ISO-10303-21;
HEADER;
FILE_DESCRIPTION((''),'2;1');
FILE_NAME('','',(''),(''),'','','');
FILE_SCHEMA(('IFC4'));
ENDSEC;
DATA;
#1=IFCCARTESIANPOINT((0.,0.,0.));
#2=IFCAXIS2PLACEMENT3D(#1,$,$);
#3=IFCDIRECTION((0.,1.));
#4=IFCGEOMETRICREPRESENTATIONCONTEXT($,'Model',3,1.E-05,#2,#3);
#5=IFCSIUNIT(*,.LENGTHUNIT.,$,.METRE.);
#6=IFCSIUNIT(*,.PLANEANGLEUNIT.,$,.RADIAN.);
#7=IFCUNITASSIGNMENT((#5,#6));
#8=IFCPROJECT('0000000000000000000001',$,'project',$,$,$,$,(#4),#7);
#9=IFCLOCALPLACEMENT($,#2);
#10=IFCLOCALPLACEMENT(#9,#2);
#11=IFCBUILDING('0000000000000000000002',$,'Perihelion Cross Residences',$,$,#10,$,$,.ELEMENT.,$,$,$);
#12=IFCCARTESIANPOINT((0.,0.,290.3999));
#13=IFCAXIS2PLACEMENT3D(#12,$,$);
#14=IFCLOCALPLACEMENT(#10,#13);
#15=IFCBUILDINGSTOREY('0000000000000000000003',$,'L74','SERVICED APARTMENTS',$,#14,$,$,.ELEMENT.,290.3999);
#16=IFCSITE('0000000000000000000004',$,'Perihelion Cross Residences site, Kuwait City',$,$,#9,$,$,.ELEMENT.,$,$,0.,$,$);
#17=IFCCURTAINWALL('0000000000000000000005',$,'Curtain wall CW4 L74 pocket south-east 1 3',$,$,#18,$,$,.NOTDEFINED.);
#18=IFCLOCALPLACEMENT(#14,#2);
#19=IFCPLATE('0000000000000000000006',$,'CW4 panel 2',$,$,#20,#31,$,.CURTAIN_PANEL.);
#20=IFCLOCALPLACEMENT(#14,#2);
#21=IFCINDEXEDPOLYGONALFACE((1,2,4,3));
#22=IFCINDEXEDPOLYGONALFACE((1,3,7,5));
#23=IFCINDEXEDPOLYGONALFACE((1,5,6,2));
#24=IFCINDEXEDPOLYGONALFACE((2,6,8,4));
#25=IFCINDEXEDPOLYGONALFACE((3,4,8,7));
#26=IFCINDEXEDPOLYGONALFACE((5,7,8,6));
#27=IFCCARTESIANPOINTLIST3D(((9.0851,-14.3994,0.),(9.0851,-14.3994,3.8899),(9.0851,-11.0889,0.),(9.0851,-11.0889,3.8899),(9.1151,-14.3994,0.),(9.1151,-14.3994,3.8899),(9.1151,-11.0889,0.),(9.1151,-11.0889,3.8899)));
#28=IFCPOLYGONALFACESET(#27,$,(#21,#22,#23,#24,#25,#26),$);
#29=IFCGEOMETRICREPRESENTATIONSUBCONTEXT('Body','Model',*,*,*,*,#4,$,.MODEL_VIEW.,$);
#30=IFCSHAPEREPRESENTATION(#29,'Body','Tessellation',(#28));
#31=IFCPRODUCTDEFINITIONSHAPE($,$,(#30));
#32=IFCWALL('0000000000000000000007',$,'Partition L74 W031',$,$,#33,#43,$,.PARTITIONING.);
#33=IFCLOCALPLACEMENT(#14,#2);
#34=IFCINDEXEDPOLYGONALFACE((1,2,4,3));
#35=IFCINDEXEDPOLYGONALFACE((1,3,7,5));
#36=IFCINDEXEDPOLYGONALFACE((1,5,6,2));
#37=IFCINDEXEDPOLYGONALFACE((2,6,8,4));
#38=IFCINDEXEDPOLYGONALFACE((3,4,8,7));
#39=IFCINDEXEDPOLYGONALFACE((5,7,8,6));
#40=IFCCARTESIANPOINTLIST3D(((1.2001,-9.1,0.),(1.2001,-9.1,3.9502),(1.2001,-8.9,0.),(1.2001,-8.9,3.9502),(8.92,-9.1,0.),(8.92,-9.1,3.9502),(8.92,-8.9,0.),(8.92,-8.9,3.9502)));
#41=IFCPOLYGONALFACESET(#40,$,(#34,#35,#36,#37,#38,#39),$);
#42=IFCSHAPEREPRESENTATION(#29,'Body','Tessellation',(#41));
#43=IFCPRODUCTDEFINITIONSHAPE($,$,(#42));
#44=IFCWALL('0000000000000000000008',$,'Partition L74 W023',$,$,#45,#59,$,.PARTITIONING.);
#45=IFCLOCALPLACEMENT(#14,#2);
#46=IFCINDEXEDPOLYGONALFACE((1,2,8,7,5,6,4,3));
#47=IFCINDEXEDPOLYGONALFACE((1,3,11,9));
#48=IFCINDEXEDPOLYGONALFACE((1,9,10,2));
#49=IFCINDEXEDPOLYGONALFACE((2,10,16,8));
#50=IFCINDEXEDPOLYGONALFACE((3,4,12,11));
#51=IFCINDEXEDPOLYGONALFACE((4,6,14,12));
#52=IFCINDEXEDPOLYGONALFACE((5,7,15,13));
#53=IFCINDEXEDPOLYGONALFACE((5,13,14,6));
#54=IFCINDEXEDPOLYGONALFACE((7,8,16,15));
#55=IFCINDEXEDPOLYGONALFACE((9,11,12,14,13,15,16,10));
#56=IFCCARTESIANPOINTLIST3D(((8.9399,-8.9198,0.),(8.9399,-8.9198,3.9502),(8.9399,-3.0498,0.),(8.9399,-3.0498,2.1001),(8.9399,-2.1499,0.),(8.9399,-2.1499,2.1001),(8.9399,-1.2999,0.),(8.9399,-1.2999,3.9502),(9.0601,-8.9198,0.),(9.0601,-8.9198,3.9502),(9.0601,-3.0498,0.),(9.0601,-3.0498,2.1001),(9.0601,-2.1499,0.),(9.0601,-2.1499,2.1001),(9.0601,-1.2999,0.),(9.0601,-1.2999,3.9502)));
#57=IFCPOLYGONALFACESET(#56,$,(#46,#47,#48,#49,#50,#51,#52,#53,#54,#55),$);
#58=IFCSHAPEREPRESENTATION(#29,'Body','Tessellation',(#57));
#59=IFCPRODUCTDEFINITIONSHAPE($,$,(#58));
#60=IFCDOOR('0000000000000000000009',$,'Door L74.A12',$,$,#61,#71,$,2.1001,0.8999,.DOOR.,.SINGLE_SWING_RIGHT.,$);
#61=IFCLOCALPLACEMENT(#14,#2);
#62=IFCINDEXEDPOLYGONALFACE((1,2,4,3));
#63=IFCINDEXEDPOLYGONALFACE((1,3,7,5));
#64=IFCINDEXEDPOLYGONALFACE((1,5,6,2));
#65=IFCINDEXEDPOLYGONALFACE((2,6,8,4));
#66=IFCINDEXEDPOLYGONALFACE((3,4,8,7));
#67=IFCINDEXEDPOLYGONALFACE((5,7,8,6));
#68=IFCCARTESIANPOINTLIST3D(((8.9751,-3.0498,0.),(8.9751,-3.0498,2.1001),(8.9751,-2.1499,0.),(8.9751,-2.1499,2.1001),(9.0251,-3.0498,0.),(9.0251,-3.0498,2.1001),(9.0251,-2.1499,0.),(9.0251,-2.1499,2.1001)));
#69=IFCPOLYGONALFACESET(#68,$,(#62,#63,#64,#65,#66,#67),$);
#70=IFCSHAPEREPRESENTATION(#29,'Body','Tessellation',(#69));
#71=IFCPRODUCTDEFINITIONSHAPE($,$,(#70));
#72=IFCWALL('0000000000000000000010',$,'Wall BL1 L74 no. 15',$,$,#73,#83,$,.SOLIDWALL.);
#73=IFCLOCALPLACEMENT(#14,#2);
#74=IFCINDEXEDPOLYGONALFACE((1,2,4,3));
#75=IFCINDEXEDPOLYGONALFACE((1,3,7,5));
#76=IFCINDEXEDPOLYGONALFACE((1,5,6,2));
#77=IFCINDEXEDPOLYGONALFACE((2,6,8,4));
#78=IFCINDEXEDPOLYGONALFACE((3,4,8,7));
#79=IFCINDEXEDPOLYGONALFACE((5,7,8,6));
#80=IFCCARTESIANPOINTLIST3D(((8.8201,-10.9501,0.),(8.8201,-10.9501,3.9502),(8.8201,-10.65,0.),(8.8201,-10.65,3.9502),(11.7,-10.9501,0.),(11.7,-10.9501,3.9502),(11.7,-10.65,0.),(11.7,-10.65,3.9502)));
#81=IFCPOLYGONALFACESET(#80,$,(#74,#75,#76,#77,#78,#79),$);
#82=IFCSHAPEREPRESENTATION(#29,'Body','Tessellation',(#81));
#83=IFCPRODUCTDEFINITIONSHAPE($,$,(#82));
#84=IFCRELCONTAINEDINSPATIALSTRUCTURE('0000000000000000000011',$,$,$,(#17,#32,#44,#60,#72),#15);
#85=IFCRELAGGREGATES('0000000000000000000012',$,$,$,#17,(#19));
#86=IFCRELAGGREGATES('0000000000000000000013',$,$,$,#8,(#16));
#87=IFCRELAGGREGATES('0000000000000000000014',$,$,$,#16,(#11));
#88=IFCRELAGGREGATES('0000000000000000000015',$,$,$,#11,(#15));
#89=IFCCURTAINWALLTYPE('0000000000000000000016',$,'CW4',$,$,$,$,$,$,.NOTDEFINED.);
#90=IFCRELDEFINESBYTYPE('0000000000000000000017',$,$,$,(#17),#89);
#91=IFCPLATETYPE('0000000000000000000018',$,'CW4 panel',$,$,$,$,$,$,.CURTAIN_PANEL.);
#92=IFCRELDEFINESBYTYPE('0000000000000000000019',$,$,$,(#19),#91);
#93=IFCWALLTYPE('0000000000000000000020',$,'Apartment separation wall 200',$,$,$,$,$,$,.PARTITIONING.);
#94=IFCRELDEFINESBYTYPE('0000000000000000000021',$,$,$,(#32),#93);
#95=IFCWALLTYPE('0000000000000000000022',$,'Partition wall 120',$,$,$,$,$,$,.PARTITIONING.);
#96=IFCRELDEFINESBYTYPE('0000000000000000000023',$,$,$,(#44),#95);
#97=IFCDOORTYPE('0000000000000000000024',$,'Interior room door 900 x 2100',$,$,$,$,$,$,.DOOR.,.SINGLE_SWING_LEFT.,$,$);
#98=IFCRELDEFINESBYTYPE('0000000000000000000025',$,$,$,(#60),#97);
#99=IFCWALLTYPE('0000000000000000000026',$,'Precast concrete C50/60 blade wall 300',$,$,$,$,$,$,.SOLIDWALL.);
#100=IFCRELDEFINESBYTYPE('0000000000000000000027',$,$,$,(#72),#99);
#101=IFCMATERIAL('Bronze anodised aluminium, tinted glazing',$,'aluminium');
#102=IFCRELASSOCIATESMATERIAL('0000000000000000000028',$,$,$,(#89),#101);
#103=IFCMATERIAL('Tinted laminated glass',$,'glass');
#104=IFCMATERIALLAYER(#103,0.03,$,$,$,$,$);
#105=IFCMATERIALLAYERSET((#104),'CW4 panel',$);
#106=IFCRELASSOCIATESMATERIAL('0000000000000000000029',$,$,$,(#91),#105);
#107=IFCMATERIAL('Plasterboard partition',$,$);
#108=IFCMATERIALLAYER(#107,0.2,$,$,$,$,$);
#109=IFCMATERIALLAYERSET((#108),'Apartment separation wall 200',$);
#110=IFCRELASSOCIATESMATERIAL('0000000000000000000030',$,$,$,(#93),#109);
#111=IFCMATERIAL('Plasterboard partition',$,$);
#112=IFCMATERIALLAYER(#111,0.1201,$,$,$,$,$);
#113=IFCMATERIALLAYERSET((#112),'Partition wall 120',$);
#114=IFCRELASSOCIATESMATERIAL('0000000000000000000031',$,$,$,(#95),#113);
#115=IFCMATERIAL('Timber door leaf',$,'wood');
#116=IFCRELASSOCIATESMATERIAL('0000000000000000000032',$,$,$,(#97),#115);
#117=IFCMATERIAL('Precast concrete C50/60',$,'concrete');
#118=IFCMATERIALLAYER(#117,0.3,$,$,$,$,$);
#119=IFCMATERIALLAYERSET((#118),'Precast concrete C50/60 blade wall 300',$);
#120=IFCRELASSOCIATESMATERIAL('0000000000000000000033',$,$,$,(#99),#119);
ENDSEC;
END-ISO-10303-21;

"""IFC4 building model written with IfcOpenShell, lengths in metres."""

from ifc_helpers import new_model, si_unit, direction, frame, frame_2d, origin, origin_2d, place, context, subcontext, project, spatial, rectangle, extrude, material, layer, layer_set, type_object, element, fill, aggregate, save


model = new_model("IFC4")

# Units and contexts
model_context = context("Model", 3, precision=1e-05, world=origin(), true_north=direction((0.0, 1.0)))
body_context = subcontext(model_context, "Body", "Model", "MODEL_VIEW")
ifc_project = project(units=[si_unit("LENGTHUNIT", "METRE"), si_unit("PLANEANGLEUNIT", "RADIAN")], contexts=[model_context])

# Site, building, storey
site_placement = place(None, origin())
site = spatial("IfcSite", under=ifc_project, at=site_placement, Name="Perihelion Cross Residences site, Kuwait City", CompositionType="ELEMENT", RefElevation=0.0)
building_placement = place(site_placement, origin())
building = spatial("IfcBuilding", under=site, at=building_placement, Name="Perihelion Cross Residences", CompositionType="ELEMENT")
storey_placement = place(building_placement, frame((0.0, 0.0, 290.3999)))
storey = spatial("IfcBuildingStorey", under=building, at=storey_placement, Name="L74", Description="SERVICED APARTMENTS", CompositionType="ELEMENT", Elevation=290.3999)

# Shared definitions
ifc_material_1 = material(Name="Bronze anodised aluminium, tinted glazing", Category="aluminium")
curtain_wall_type_1 = type_object("IfcCurtainWallType", Name="CW4", PredefinedType="NOTDEFINED", material=ifc_material_1)

# Curtain wall
curtain_wall_1_placement = place(storey_placement, origin())
curtain_wall_1 = element("IfcCurtainWall", 1, at=curtain_wall_1_placement, inside=storey, type_object=curtain_wall_type_1, Name="Curtain wall CW4 L74 pocket south-east 1 3", PredefinedType="NOTDEFINED")

# Plate
ifc_material_2 = material(Name="Tinted laminated glass", Category="glass")
ifc_layer_1 = layer(ifc_material_2, 0.03)
ifc_layer_set_1 = layer_set([ifc_layer_1], Name="CW4 panel")
plate_type_1 = type_object("IfcPlateType", Name="CW4 panel", PredefinedType="CURTAIN_PANEL", material=ifc_layer_set_1)
plate_1_placement = place(storey_placement, frame((9.1001, -12.7441, 0.0), z_axis=(0.0, 0.0, 1.0), x_axis=(0.0, 1.0, 0.0)))
plate_1 = element("IfcPlate", 2, at=plate_1_placement, type_object=plate_type_1, Name="CW4 panel 2", PredefinedType="CURTAIN_PANEL", context=body_context, shape_type="SweptSolid", body=[
    extrude(rectangle(XDim=3.3105, YDim=0.03, at=origin_2d()), origin(), (0.0, 0.0, 1.0), 3.8899),
])
aggregate(curtain_wall_1, [plate_1])

# Wall
ifc_material_3 = material(Name="Plasterboard partition")
ifc_layer_2 = layer(ifc_material_3, 0.2)
ifc_layer_set_2 = layer_set([ifc_layer_2], Name="Apartment separation wall 200")
wall_type_1 = type_object("IfcWallType", Name="Apartment separation wall 200", PredefinedType="PARTITIONING", material=ifc_layer_set_2)
wall_1_placement = place(storey_placement, frame((8.9199, -9.0, 0.0), z_axis=(0.0, 0.0, 1.0), x_axis=(-1.0, 0.0, 0.0)))
element("IfcWall", 3, at=wall_1_placement, inside=storey, type_object=wall_type_1, Name="Partition L74 W031", PredefinedType="PARTITIONING", context=body_context, shape_type="SweptSolid", body=[
    extrude(rectangle(XDim=7.72, YDim=0.2, at=frame_2d((3.8599, 0.0))), origin(), (0.0, 0.0, 1.0), 3.9502),
])

# Wall, opening, door
ifc_material_4 = material(Name="Plasterboard partition")
ifc_layer_3 = layer(ifc_material_4, 0.1201)
ifc_layer_set_3 = layer_set([ifc_layer_3], Name="Partition wall 120")
wall_type_2 = type_object("IfcWallType", Name="Partition wall 120", PredefinedType="PARTITIONING", material=ifc_layer_set_3)
wall_2_placement = place(storey_placement, frame((9.0, -8.9199, 0.0), z_axis=(0.0, 0.0, 1.0), x_axis=(0.0, 1.0, 0.0)))
wall_2 = element("IfcWall", 4, at=wall_2_placement, inside=storey, type_object=wall_type_2, Name="Partition L74 W023", PredefinedType="PARTITIONING", context=body_context, shape_type="SweptSolid", body=[
    extrude(rectangle(XDim=7.6199, YDim=0.1201, at=frame_2d((3.8101, 0.0))), origin(), (0.0, 0.0, 1.0), 3.9502),
])
opening_placement = place(wall_2_placement, frame((5.8701, 0.0, 0.0)))
opening = element("IfcOpeningElement", 5, at=opening_placement, cuts=wall_2, PredefinedType="OPENING", context=body_context, shape_type="SweptSolid", body=[
    extrude(rectangle(XDim=0.8999, YDim=2.1001, at=frame_2d((0.45, 1.05))), frame((0.0, 0.0701, 0.0), z_axis=(0.0, -1.0, 0.0), x_axis=(1.0, 0.0, 0.0)), (0.0, 0.0, 1.0), 0.1401),
])
ifc_material_5 = material(Name="Timber door leaf", Category="wood")
door_type = type_object("IfcDoorType", Name="Interior room door 900 x 2100", OperationType="SINGLE_SWING_LEFT", PredefinedType="DOOR", material=ifc_material_5)
door_placement = place(opening_placement, origin())
door = element("IfcDoor", 6, at=door_placement, inside=storey, type_object=door_type, Name="Door L74.A12", OperationType="SINGLE_SWING_RIGHT", OverallHeight=2.1001, OverallWidth=0.8999, PredefinedType="DOOR", context=body_context, shape_type="SweptSolid", body=[
    extrude(rectangle(XDim=0.8999, YDim=2.1001, at=frame_2d((0.45, 1.05))), frame((0.0, 0.0249, 0.0), z_axis=(0.0, -1.0, 0.0), x_axis=(1.0, 0.0, 0.0)), (0.0, 0.0, 1.0), 0.05),
])
fill(opening, door)

# Wall
ifc_material_6 = material(Name="Precast concrete C50/60", Category="concrete")
ifc_layer_4 = layer(ifc_material_6, 0.3)
ifc_layer_set_4 = layer_set([ifc_layer_4], Name="Precast concrete C50/60 blade wall 300")
wall_type_3 = type_object("IfcWallType", Name="Precast concrete C50/60 blade wall 300", PredefinedType="SOLIDWALL", material=ifc_layer_set_4)
wall_3_placement = place(storey_placement, frame((8.8201, -10.8, 0.0), z_axis=(0.0, 0.0, 1.0), x_axis=(1.0, 0.0, 0.0)))
element("IfcWall", 7, at=wall_3_placement, inside=storey, type_object=wall_type_3, Name="Wall BL1 L74 no. 15", PredefinedType="SOLIDWALL", context=body_context, shape_type="SweptSolid", body=[
    extrude(rectangle(XDim=2.8799, YDim=0.3, at=frame_2d((1.4399, 0.0))), origin(), (0.0, 0.0, 1.0), 3.9502),
])

save(model, "model.ifc")
